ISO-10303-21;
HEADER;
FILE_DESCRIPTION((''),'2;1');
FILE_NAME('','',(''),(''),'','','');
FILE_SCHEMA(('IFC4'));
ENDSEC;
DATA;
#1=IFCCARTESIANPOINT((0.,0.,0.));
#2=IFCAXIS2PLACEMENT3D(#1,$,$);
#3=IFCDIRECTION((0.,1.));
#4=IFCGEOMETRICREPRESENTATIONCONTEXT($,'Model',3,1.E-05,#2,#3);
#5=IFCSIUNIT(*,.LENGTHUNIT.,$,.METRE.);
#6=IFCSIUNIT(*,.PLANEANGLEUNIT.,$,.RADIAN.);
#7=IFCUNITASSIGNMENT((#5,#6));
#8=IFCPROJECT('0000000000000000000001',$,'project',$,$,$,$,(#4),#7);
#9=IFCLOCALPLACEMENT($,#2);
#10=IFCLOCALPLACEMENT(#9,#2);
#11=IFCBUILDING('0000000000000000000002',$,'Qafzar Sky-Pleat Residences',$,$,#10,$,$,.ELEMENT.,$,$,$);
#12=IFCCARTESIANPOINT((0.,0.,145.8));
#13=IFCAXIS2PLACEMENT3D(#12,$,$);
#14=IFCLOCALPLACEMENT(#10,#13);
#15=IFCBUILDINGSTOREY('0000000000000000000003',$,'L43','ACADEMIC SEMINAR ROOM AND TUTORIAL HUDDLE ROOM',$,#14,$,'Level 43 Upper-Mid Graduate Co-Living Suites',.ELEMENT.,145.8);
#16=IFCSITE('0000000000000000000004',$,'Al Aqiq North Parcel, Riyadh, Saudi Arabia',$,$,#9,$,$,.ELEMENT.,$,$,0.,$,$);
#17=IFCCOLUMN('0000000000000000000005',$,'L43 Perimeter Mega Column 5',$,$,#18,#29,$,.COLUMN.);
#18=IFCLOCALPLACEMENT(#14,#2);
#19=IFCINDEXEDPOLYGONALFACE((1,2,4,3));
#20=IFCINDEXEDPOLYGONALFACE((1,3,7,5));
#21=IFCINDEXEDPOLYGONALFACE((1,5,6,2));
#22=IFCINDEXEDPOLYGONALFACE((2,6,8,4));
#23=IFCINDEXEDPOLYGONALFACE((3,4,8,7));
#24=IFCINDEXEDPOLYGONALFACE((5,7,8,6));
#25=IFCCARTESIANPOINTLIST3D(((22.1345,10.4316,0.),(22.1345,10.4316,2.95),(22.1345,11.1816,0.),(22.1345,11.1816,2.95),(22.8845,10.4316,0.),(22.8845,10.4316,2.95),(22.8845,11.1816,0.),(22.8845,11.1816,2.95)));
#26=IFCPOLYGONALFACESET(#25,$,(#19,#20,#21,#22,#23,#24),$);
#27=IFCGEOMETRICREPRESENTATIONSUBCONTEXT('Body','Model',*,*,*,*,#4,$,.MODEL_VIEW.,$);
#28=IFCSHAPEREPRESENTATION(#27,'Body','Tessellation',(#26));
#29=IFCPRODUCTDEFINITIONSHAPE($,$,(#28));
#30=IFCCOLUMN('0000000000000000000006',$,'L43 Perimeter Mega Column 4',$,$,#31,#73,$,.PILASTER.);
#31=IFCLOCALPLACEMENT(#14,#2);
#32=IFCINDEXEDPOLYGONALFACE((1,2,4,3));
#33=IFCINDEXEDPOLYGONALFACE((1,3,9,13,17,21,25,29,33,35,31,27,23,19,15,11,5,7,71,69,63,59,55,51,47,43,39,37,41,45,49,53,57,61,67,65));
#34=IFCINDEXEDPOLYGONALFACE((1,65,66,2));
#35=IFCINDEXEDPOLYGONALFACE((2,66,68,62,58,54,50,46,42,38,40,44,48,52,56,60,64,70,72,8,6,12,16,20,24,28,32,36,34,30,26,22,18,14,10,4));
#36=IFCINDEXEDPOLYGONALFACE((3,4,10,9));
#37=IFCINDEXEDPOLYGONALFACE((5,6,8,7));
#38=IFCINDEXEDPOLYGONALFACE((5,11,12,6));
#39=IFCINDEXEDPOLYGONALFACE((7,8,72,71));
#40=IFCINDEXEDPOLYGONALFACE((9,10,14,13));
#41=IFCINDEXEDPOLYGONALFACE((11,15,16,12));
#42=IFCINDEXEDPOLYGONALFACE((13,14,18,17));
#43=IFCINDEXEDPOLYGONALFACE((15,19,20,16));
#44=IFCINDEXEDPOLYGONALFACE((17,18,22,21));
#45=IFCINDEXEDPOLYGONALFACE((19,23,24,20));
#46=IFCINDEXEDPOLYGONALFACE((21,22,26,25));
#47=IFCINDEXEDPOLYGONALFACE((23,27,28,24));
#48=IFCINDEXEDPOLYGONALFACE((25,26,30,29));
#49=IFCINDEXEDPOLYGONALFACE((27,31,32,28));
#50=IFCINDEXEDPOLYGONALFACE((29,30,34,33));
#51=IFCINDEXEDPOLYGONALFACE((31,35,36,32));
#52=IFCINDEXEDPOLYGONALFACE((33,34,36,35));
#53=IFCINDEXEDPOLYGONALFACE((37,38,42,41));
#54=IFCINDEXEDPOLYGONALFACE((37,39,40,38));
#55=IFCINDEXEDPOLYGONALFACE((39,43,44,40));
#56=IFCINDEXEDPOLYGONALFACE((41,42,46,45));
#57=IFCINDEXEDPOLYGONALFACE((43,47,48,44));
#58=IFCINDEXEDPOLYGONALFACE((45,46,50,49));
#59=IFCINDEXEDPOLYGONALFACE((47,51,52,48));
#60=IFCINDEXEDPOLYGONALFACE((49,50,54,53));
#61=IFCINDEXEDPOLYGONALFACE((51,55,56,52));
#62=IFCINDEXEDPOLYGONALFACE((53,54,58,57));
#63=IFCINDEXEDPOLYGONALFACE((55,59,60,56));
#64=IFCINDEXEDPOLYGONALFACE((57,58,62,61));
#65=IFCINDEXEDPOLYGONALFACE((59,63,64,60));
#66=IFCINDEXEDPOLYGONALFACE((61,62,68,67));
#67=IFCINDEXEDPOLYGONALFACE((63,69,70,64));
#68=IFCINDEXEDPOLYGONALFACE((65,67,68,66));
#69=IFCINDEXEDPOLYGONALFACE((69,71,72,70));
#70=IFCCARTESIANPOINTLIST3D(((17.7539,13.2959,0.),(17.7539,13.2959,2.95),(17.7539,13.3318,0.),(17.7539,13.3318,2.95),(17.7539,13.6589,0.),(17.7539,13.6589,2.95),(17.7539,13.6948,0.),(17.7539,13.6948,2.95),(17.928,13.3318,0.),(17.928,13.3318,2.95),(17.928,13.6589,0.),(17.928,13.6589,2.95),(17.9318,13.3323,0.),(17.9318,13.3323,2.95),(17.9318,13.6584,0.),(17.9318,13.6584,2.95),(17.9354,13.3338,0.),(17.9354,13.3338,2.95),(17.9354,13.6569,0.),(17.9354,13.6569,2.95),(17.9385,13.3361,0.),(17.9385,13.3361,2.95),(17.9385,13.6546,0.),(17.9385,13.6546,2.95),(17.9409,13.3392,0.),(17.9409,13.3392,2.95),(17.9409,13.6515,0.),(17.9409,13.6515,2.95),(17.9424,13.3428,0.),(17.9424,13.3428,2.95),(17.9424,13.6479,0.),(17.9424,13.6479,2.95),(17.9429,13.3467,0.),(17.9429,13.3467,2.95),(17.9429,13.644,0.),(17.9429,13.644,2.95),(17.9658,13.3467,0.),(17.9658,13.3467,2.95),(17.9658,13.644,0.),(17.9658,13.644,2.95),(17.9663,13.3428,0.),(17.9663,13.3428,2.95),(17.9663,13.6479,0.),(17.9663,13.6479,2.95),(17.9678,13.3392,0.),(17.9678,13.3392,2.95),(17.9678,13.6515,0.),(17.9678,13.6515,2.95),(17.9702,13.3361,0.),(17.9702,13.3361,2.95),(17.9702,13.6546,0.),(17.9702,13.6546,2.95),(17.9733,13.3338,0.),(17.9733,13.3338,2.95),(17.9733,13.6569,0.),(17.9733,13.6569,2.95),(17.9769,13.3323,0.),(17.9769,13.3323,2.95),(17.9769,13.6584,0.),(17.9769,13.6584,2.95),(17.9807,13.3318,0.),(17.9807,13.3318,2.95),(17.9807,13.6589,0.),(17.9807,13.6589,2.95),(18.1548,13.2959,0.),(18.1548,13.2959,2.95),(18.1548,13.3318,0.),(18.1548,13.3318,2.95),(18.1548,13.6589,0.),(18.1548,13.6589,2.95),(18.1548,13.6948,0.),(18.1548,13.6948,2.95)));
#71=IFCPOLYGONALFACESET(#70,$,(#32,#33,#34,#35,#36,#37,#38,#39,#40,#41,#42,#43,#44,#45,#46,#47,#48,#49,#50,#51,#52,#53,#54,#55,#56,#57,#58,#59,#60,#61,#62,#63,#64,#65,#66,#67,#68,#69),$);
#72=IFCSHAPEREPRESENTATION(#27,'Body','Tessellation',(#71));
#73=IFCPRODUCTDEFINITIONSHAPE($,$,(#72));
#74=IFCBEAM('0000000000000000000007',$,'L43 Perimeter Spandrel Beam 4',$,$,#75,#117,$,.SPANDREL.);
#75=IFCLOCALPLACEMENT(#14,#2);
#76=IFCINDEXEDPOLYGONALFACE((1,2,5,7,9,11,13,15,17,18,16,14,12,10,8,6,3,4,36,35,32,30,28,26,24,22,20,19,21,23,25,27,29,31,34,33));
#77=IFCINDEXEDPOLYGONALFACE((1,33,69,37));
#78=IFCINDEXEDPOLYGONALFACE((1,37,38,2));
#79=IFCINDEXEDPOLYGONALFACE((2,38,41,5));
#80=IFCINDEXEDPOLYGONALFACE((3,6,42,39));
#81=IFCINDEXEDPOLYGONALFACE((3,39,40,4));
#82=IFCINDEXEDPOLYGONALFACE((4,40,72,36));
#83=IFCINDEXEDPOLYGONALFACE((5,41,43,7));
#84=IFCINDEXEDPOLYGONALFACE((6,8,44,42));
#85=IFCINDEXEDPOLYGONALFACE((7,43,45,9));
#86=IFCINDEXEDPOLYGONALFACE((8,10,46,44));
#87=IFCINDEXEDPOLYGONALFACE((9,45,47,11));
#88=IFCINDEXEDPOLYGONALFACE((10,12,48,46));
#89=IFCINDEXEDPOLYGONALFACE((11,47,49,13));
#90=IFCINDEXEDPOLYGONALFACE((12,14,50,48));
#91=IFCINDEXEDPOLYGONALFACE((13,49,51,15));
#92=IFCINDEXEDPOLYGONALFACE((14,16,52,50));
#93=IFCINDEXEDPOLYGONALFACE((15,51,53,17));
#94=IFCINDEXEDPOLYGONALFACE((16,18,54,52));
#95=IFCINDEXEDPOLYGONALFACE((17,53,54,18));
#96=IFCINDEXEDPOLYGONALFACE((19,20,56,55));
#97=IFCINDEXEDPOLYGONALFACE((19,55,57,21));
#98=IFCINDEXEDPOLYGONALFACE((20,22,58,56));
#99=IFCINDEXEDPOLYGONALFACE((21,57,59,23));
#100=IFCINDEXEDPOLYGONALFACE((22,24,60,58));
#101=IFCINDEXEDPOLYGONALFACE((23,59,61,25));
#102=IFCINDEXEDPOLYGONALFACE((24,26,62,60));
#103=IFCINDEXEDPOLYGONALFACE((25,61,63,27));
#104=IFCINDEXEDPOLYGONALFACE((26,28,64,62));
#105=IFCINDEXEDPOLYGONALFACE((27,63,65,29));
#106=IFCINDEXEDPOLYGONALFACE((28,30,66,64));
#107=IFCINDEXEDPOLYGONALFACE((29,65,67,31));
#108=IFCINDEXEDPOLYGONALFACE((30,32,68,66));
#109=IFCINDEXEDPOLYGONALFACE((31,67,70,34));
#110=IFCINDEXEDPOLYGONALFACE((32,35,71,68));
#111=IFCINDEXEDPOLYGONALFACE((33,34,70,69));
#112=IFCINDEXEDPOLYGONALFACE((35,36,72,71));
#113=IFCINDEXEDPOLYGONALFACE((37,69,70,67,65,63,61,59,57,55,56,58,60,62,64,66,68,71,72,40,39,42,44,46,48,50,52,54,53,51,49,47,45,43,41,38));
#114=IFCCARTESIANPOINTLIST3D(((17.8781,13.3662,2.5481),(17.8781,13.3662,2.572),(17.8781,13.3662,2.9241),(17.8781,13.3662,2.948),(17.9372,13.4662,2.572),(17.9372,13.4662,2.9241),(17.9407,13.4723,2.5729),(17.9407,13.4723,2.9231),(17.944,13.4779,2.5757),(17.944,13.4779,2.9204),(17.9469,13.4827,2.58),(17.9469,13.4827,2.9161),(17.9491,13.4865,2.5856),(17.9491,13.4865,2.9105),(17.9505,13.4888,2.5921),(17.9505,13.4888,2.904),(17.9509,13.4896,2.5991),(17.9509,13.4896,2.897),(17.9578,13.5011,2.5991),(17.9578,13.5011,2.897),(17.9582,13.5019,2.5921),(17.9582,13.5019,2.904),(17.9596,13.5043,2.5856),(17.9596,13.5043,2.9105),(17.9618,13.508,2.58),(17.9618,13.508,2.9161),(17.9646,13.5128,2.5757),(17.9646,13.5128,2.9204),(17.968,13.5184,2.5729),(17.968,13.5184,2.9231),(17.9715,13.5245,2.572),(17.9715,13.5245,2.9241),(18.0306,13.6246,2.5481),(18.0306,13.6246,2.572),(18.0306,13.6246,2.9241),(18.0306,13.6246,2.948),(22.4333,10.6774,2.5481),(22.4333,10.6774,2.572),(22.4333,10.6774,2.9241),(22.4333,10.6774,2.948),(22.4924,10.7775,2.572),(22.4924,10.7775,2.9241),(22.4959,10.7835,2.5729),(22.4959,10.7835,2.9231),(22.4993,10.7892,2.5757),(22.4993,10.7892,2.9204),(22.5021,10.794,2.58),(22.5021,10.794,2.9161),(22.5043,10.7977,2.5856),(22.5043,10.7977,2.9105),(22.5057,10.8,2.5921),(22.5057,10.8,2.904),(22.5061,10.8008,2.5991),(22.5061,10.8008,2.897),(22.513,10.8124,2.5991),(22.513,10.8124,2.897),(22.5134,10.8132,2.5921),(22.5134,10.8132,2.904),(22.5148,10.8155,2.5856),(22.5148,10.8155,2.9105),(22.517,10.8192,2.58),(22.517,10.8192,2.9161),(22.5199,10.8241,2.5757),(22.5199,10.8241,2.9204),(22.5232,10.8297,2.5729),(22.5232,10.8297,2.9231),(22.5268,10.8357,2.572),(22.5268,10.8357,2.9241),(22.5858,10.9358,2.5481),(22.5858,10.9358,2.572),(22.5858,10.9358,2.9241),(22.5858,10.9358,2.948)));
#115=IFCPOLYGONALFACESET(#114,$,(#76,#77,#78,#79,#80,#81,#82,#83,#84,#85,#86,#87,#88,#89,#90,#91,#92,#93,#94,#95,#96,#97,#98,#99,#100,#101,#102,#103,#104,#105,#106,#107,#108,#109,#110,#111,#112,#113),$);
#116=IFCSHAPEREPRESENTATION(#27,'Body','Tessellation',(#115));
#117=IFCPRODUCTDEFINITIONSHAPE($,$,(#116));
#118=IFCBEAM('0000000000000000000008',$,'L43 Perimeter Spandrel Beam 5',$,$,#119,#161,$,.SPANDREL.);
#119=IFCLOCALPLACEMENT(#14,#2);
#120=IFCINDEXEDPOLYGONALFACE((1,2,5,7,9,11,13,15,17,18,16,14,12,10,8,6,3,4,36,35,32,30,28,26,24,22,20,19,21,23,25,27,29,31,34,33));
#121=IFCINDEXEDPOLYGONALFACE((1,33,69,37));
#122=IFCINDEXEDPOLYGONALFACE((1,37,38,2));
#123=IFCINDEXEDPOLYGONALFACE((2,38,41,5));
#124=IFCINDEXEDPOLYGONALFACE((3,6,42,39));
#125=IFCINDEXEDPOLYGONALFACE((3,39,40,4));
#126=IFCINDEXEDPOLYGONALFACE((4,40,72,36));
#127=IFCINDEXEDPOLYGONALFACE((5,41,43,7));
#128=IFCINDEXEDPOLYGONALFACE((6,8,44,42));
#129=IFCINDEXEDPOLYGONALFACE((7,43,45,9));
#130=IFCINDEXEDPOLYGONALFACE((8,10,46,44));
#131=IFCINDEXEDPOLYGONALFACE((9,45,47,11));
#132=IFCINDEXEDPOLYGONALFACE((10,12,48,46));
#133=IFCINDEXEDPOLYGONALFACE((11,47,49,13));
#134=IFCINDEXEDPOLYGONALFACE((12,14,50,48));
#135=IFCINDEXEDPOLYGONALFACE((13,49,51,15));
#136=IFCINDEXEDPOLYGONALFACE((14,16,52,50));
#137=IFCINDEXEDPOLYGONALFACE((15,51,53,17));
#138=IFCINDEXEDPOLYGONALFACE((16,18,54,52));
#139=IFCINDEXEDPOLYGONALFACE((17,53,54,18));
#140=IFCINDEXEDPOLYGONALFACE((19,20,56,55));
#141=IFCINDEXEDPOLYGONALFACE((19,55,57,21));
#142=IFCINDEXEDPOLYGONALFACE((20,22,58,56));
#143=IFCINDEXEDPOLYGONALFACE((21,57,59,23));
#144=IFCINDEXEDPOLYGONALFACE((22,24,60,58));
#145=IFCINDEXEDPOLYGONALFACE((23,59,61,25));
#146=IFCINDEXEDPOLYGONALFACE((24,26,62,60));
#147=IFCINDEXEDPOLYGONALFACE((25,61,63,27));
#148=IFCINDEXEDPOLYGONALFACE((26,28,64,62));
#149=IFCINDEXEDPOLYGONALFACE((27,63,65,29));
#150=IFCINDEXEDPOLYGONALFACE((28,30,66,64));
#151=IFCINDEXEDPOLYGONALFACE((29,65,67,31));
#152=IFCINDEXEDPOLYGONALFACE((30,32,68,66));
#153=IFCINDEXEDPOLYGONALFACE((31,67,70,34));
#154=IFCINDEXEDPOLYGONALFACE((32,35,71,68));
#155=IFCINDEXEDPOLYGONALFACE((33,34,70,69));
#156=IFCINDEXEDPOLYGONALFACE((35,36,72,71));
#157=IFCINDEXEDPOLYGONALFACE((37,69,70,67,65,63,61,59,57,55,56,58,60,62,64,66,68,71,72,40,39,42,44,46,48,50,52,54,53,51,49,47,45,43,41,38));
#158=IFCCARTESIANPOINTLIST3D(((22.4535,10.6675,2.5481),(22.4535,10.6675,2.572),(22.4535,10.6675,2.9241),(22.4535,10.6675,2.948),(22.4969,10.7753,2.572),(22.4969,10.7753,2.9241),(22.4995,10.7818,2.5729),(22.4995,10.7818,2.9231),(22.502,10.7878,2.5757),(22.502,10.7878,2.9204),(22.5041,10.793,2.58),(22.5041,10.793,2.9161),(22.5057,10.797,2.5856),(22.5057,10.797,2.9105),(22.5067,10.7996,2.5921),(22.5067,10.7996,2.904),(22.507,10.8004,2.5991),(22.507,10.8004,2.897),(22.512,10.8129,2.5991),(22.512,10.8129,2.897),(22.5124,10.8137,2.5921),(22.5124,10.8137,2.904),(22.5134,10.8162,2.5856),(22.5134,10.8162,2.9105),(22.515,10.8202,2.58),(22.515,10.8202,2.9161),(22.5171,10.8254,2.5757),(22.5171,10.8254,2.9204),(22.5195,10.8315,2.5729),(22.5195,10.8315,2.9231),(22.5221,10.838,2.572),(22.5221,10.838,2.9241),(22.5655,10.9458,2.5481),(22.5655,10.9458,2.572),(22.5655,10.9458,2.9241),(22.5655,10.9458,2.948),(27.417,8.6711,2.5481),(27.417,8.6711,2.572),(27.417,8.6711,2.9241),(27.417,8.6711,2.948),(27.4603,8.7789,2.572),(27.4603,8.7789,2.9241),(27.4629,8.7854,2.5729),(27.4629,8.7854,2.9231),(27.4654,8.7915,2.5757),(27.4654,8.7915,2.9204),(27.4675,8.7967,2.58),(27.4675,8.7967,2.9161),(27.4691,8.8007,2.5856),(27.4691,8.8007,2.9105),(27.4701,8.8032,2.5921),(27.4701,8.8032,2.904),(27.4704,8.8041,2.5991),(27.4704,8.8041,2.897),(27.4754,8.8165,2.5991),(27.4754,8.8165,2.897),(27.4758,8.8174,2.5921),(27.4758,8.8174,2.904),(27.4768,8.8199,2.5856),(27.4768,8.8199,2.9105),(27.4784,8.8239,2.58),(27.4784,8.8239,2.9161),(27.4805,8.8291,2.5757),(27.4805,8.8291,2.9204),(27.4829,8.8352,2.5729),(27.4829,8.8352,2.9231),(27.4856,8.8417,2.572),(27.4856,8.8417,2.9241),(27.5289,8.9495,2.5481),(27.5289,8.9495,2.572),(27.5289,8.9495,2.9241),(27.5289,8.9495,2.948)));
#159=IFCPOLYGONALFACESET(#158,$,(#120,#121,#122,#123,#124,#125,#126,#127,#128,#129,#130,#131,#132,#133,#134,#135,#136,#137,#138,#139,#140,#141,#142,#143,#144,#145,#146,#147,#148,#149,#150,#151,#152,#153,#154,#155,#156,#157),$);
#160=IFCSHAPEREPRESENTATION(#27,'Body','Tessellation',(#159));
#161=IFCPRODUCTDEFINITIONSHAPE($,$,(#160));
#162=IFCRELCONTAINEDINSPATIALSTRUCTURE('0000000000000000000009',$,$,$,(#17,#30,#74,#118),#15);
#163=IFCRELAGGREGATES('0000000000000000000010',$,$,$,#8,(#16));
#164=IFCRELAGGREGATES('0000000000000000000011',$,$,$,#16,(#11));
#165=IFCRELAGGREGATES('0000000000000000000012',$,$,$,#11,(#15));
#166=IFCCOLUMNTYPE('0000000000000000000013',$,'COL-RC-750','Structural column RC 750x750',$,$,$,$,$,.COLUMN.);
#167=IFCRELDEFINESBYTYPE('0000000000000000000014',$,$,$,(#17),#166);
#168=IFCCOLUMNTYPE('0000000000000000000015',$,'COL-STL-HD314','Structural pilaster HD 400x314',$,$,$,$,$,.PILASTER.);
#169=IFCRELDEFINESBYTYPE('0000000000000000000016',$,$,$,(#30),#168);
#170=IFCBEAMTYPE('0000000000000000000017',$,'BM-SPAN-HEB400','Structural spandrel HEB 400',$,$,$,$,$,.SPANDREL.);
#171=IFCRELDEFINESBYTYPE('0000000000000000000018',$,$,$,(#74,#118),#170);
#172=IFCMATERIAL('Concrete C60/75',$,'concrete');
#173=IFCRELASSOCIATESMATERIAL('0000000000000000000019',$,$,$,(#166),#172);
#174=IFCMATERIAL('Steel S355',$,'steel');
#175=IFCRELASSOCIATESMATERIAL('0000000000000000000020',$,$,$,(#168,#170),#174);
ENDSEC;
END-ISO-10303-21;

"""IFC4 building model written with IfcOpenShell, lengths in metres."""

from ifc_helpers import new_model, si_unit, direction, frame, origin, origin_2d, place, context, subcontext, project, spatial, rectangle, i_section, extrude, source, transform, mapped, material, material_profile, profile_set, type_object, element, save


model = new_model("IFC4")

# Units and contexts
model_context = context("Model", 3, precision=1e-05, world=origin(), true_north=direction((0.0, 1.0)))
body_context = subcontext(model_context, "Body", "Model", "MODEL_VIEW")
ifc_project = project(units=[si_unit("LENGTHUNIT", "METRE"), si_unit("PLANEANGLEUNIT", "RADIAN")], contexts=[model_context])

# Site, building, storey
site_placement = place(None, origin())
site = spatial("IfcSite", under=ifc_project, at=site_placement, Name="Al Aqiq North Parcel, Riyadh, Saudi Arabia", CompositionType="ELEMENT", RefElevation=0.0)
building_placement = place(site_placement, origin())
building = spatial("IfcBuilding", under=site, at=building_placement, Name="Qafzar Sky-Pleat Residences", CompositionType="ELEMENT")
storey_placement = place(building_placement, frame((0.0, 0.0, 145.8)))
storey = spatial("IfcBuildingStorey", under=building, at=storey_placement, Name="L43", Description="ACADEMIC SEMINAR ROOM AND TUTORIAL HUDDLE ROOM", LongName="Level 43 Upper-Mid Graduate Co-Living Suites", CompositionType="ELEMENT", Elevation=145.8)

# Columns
ifc_material_1 = material(Name="Concrete C60/75", Category="concrete")
ifc_material_profile_1 = material_profile(ifc_material_1, rectangle(XDim=0.75, YDim=0.75, at=origin_2d()), Name="RC 750x750")
ifc_profile_set_1 = profile_set([ifc_material_profile_1], Name="Concrete C60/75")
column_type_1 = type_object("IfcColumnType", Name="COL-RC-750", Description="Structural column RC 750x750", PredefinedType="COLUMN", material=ifc_profile_set_1)
shared_shape_1 = source(origin(), body_context, "Body", "SweptSolid", [
    extrude(rectangle(XDim=0.75, YDim=0.75, at=origin_2d()), origin(), (0.0, 0.0, 1.0), 2.95),
])
column_1_placement = place(storey_placement, frame((22.5095, 10.8066, 0.0), z_axis=(0.0, 0.0, 1.0), x_axis=(1.0, 0.0, 0.0)))
element("IfcColumn", 1, at=column_1_placement, inside=storey, type_object=column_type_1, Name="L43 Perimeter Mega Column 5", PredefinedType="COLUMN", context=body_context, shape_type="MappedRepresentation", body=[
    mapped(shared_shape_1, transform((0.0, 0.0, 0.0), x_axis=(1.0, 0.0, 0.0), y_axis=(0.0, 1.0, 0.0), z_axis=(0.0, 0.0, 1.0), scale=1.0)),
])
ifc_material_2 = material(Name="Steel S355", Category="steel")
ifc_material_profile_2 = material_profile(ifc_material_2, i_section(OverallWidth=0.4009, OverallDepth=0.3989, WebThickness=0.0229, FlangeThickness=0.0359, FilletRadius=0.0149, at=origin_2d()), Name="HD 400x314")
ifc_profile_set_2 = profile_set([ifc_material_profile_2], Name="Steel S355")
column_type_2 = type_object("IfcColumnType", Name="COL-STL-HD314", Description="Structural pilaster HD 400x314", PredefinedType="PILASTER", material=ifc_profile_set_2)
shared_shape_2 = source(origin(), body_context, "Body", "SweptSolid", [
    extrude(i_section(OverallWidth=0.4009, OverallDepth=0.3989, WebThickness=0.0229, FlangeThickness=0.0359, FilletRadius=0.0149, at=origin_2d()), origin(), (0.0, 0.0, 1.0), 2.95),
])
column_2_placement = place(storey_placement, frame((17.9543, 13.4954, 0.0), z_axis=(0.0, 0.0, 1.0), x_axis=(1.0, 0.0, 0.0)))
element("IfcColumn", 2, at=column_2_placement, inside=storey, type_object=column_type_2, Name="L43 Perimeter Mega Column 4", PredefinedType="PILASTER", context=body_context, shape_type="MappedRepresentation", body=[
    mapped(shared_shape_2, transform((0.0, 0.0, 0.0), x_axis=(1.0, 0.0, 0.0), y_axis=(0.0, 1.0, 0.0), z_axis=(0.0, 0.0, 1.0), scale=1.0)),
])

# Beams
ifc_material_profile_3 = material_profile(ifc_material_2, i_section(OverallWidth=0.3, OverallDepth=0.3999, WebThickness=0.0134, FlangeThickness=0.0239, FilletRadius=0.0271, at=origin_2d()), Name="HEB 400")
ifc_profile_set_3 = profile_set([ifc_material_profile_3], Name="Steel S355")
beam_type_1 = type_object("IfcBeamType", Name="BM-SPAN-HEB400", Description="Structural spandrel HEB 400", PredefinedType="SPANDREL", material=ifc_profile_set_3)
shared_shape_3 = source(origin(), body_context, "Body", "SweptSolid", [
    extrude(i_section(OverallWidth=0.3, OverallDepth=0.3999, WebThickness=0.0134, FlangeThickness=0.0239, FilletRadius=0.0271, at=origin_2d()), origin(), (0.0, 0.0, 1.0), 5.2896),
])
beam_1_placement = place(storey_placement, frame((17.9543, 13.4954, 2.748), z_axis=(0.861173, -0.508313, 0.0), x_axis=(0.508313, 0.861173, 0.0)))
element("IfcBeam", 3, at=beam_1_placement, inside=storey, type_object=beam_type_1, Name="L43 Perimeter Spandrel Beam 4", PredefinedType="SPANDREL", context=body_context, shape_type="MappedRepresentation", body=[
    mapped(shared_shape_3, transform((0.0, 0.0, 0.0), x_axis=(1.0, 0.0, 0.0), y_axis=(0.0, 1.0, 0.0), z_axis=(0.0, 0.0, 1.0), scale=1.0)),
])
shared_shape_4 = source(origin(), body_context, "Body", "SweptSolid", [
    extrude(i_section(OverallWidth=0.3, OverallDepth=0.3999, WebThickness=0.0134, FlangeThickness=0.0239, FilletRadius=0.0271, at=origin_2d()), origin(), (0.0, 0.0, 1.0), 5.3499),
])
beam_2_placement = place(storey_placement, frame((22.5095, 10.8066, 2.748), z_axis=(0.927767, -0.37316, 0.0), x_axis=(0.37316, 0.927767, 0.0)))
element("IfcBeam", 4, at=beam_2_placement, inside=storey, type_object=beam_type_1, Name="L43 Perimeter Spandrel Beam 5", PredefinedType="SPANDREL", context=body_context, shape_type="MappedRepresentation", body=[
    mapped(shared_shape_4, transform((0.0, 0.0, 0.0), x_axis=(1.0, 0.0, 0.0), y_axis=(0.0, 1.0, 0.0), z_axis=(0.0, 0.0, 1.0), scale=1.0)),
])

save(model, "model.ifc")
